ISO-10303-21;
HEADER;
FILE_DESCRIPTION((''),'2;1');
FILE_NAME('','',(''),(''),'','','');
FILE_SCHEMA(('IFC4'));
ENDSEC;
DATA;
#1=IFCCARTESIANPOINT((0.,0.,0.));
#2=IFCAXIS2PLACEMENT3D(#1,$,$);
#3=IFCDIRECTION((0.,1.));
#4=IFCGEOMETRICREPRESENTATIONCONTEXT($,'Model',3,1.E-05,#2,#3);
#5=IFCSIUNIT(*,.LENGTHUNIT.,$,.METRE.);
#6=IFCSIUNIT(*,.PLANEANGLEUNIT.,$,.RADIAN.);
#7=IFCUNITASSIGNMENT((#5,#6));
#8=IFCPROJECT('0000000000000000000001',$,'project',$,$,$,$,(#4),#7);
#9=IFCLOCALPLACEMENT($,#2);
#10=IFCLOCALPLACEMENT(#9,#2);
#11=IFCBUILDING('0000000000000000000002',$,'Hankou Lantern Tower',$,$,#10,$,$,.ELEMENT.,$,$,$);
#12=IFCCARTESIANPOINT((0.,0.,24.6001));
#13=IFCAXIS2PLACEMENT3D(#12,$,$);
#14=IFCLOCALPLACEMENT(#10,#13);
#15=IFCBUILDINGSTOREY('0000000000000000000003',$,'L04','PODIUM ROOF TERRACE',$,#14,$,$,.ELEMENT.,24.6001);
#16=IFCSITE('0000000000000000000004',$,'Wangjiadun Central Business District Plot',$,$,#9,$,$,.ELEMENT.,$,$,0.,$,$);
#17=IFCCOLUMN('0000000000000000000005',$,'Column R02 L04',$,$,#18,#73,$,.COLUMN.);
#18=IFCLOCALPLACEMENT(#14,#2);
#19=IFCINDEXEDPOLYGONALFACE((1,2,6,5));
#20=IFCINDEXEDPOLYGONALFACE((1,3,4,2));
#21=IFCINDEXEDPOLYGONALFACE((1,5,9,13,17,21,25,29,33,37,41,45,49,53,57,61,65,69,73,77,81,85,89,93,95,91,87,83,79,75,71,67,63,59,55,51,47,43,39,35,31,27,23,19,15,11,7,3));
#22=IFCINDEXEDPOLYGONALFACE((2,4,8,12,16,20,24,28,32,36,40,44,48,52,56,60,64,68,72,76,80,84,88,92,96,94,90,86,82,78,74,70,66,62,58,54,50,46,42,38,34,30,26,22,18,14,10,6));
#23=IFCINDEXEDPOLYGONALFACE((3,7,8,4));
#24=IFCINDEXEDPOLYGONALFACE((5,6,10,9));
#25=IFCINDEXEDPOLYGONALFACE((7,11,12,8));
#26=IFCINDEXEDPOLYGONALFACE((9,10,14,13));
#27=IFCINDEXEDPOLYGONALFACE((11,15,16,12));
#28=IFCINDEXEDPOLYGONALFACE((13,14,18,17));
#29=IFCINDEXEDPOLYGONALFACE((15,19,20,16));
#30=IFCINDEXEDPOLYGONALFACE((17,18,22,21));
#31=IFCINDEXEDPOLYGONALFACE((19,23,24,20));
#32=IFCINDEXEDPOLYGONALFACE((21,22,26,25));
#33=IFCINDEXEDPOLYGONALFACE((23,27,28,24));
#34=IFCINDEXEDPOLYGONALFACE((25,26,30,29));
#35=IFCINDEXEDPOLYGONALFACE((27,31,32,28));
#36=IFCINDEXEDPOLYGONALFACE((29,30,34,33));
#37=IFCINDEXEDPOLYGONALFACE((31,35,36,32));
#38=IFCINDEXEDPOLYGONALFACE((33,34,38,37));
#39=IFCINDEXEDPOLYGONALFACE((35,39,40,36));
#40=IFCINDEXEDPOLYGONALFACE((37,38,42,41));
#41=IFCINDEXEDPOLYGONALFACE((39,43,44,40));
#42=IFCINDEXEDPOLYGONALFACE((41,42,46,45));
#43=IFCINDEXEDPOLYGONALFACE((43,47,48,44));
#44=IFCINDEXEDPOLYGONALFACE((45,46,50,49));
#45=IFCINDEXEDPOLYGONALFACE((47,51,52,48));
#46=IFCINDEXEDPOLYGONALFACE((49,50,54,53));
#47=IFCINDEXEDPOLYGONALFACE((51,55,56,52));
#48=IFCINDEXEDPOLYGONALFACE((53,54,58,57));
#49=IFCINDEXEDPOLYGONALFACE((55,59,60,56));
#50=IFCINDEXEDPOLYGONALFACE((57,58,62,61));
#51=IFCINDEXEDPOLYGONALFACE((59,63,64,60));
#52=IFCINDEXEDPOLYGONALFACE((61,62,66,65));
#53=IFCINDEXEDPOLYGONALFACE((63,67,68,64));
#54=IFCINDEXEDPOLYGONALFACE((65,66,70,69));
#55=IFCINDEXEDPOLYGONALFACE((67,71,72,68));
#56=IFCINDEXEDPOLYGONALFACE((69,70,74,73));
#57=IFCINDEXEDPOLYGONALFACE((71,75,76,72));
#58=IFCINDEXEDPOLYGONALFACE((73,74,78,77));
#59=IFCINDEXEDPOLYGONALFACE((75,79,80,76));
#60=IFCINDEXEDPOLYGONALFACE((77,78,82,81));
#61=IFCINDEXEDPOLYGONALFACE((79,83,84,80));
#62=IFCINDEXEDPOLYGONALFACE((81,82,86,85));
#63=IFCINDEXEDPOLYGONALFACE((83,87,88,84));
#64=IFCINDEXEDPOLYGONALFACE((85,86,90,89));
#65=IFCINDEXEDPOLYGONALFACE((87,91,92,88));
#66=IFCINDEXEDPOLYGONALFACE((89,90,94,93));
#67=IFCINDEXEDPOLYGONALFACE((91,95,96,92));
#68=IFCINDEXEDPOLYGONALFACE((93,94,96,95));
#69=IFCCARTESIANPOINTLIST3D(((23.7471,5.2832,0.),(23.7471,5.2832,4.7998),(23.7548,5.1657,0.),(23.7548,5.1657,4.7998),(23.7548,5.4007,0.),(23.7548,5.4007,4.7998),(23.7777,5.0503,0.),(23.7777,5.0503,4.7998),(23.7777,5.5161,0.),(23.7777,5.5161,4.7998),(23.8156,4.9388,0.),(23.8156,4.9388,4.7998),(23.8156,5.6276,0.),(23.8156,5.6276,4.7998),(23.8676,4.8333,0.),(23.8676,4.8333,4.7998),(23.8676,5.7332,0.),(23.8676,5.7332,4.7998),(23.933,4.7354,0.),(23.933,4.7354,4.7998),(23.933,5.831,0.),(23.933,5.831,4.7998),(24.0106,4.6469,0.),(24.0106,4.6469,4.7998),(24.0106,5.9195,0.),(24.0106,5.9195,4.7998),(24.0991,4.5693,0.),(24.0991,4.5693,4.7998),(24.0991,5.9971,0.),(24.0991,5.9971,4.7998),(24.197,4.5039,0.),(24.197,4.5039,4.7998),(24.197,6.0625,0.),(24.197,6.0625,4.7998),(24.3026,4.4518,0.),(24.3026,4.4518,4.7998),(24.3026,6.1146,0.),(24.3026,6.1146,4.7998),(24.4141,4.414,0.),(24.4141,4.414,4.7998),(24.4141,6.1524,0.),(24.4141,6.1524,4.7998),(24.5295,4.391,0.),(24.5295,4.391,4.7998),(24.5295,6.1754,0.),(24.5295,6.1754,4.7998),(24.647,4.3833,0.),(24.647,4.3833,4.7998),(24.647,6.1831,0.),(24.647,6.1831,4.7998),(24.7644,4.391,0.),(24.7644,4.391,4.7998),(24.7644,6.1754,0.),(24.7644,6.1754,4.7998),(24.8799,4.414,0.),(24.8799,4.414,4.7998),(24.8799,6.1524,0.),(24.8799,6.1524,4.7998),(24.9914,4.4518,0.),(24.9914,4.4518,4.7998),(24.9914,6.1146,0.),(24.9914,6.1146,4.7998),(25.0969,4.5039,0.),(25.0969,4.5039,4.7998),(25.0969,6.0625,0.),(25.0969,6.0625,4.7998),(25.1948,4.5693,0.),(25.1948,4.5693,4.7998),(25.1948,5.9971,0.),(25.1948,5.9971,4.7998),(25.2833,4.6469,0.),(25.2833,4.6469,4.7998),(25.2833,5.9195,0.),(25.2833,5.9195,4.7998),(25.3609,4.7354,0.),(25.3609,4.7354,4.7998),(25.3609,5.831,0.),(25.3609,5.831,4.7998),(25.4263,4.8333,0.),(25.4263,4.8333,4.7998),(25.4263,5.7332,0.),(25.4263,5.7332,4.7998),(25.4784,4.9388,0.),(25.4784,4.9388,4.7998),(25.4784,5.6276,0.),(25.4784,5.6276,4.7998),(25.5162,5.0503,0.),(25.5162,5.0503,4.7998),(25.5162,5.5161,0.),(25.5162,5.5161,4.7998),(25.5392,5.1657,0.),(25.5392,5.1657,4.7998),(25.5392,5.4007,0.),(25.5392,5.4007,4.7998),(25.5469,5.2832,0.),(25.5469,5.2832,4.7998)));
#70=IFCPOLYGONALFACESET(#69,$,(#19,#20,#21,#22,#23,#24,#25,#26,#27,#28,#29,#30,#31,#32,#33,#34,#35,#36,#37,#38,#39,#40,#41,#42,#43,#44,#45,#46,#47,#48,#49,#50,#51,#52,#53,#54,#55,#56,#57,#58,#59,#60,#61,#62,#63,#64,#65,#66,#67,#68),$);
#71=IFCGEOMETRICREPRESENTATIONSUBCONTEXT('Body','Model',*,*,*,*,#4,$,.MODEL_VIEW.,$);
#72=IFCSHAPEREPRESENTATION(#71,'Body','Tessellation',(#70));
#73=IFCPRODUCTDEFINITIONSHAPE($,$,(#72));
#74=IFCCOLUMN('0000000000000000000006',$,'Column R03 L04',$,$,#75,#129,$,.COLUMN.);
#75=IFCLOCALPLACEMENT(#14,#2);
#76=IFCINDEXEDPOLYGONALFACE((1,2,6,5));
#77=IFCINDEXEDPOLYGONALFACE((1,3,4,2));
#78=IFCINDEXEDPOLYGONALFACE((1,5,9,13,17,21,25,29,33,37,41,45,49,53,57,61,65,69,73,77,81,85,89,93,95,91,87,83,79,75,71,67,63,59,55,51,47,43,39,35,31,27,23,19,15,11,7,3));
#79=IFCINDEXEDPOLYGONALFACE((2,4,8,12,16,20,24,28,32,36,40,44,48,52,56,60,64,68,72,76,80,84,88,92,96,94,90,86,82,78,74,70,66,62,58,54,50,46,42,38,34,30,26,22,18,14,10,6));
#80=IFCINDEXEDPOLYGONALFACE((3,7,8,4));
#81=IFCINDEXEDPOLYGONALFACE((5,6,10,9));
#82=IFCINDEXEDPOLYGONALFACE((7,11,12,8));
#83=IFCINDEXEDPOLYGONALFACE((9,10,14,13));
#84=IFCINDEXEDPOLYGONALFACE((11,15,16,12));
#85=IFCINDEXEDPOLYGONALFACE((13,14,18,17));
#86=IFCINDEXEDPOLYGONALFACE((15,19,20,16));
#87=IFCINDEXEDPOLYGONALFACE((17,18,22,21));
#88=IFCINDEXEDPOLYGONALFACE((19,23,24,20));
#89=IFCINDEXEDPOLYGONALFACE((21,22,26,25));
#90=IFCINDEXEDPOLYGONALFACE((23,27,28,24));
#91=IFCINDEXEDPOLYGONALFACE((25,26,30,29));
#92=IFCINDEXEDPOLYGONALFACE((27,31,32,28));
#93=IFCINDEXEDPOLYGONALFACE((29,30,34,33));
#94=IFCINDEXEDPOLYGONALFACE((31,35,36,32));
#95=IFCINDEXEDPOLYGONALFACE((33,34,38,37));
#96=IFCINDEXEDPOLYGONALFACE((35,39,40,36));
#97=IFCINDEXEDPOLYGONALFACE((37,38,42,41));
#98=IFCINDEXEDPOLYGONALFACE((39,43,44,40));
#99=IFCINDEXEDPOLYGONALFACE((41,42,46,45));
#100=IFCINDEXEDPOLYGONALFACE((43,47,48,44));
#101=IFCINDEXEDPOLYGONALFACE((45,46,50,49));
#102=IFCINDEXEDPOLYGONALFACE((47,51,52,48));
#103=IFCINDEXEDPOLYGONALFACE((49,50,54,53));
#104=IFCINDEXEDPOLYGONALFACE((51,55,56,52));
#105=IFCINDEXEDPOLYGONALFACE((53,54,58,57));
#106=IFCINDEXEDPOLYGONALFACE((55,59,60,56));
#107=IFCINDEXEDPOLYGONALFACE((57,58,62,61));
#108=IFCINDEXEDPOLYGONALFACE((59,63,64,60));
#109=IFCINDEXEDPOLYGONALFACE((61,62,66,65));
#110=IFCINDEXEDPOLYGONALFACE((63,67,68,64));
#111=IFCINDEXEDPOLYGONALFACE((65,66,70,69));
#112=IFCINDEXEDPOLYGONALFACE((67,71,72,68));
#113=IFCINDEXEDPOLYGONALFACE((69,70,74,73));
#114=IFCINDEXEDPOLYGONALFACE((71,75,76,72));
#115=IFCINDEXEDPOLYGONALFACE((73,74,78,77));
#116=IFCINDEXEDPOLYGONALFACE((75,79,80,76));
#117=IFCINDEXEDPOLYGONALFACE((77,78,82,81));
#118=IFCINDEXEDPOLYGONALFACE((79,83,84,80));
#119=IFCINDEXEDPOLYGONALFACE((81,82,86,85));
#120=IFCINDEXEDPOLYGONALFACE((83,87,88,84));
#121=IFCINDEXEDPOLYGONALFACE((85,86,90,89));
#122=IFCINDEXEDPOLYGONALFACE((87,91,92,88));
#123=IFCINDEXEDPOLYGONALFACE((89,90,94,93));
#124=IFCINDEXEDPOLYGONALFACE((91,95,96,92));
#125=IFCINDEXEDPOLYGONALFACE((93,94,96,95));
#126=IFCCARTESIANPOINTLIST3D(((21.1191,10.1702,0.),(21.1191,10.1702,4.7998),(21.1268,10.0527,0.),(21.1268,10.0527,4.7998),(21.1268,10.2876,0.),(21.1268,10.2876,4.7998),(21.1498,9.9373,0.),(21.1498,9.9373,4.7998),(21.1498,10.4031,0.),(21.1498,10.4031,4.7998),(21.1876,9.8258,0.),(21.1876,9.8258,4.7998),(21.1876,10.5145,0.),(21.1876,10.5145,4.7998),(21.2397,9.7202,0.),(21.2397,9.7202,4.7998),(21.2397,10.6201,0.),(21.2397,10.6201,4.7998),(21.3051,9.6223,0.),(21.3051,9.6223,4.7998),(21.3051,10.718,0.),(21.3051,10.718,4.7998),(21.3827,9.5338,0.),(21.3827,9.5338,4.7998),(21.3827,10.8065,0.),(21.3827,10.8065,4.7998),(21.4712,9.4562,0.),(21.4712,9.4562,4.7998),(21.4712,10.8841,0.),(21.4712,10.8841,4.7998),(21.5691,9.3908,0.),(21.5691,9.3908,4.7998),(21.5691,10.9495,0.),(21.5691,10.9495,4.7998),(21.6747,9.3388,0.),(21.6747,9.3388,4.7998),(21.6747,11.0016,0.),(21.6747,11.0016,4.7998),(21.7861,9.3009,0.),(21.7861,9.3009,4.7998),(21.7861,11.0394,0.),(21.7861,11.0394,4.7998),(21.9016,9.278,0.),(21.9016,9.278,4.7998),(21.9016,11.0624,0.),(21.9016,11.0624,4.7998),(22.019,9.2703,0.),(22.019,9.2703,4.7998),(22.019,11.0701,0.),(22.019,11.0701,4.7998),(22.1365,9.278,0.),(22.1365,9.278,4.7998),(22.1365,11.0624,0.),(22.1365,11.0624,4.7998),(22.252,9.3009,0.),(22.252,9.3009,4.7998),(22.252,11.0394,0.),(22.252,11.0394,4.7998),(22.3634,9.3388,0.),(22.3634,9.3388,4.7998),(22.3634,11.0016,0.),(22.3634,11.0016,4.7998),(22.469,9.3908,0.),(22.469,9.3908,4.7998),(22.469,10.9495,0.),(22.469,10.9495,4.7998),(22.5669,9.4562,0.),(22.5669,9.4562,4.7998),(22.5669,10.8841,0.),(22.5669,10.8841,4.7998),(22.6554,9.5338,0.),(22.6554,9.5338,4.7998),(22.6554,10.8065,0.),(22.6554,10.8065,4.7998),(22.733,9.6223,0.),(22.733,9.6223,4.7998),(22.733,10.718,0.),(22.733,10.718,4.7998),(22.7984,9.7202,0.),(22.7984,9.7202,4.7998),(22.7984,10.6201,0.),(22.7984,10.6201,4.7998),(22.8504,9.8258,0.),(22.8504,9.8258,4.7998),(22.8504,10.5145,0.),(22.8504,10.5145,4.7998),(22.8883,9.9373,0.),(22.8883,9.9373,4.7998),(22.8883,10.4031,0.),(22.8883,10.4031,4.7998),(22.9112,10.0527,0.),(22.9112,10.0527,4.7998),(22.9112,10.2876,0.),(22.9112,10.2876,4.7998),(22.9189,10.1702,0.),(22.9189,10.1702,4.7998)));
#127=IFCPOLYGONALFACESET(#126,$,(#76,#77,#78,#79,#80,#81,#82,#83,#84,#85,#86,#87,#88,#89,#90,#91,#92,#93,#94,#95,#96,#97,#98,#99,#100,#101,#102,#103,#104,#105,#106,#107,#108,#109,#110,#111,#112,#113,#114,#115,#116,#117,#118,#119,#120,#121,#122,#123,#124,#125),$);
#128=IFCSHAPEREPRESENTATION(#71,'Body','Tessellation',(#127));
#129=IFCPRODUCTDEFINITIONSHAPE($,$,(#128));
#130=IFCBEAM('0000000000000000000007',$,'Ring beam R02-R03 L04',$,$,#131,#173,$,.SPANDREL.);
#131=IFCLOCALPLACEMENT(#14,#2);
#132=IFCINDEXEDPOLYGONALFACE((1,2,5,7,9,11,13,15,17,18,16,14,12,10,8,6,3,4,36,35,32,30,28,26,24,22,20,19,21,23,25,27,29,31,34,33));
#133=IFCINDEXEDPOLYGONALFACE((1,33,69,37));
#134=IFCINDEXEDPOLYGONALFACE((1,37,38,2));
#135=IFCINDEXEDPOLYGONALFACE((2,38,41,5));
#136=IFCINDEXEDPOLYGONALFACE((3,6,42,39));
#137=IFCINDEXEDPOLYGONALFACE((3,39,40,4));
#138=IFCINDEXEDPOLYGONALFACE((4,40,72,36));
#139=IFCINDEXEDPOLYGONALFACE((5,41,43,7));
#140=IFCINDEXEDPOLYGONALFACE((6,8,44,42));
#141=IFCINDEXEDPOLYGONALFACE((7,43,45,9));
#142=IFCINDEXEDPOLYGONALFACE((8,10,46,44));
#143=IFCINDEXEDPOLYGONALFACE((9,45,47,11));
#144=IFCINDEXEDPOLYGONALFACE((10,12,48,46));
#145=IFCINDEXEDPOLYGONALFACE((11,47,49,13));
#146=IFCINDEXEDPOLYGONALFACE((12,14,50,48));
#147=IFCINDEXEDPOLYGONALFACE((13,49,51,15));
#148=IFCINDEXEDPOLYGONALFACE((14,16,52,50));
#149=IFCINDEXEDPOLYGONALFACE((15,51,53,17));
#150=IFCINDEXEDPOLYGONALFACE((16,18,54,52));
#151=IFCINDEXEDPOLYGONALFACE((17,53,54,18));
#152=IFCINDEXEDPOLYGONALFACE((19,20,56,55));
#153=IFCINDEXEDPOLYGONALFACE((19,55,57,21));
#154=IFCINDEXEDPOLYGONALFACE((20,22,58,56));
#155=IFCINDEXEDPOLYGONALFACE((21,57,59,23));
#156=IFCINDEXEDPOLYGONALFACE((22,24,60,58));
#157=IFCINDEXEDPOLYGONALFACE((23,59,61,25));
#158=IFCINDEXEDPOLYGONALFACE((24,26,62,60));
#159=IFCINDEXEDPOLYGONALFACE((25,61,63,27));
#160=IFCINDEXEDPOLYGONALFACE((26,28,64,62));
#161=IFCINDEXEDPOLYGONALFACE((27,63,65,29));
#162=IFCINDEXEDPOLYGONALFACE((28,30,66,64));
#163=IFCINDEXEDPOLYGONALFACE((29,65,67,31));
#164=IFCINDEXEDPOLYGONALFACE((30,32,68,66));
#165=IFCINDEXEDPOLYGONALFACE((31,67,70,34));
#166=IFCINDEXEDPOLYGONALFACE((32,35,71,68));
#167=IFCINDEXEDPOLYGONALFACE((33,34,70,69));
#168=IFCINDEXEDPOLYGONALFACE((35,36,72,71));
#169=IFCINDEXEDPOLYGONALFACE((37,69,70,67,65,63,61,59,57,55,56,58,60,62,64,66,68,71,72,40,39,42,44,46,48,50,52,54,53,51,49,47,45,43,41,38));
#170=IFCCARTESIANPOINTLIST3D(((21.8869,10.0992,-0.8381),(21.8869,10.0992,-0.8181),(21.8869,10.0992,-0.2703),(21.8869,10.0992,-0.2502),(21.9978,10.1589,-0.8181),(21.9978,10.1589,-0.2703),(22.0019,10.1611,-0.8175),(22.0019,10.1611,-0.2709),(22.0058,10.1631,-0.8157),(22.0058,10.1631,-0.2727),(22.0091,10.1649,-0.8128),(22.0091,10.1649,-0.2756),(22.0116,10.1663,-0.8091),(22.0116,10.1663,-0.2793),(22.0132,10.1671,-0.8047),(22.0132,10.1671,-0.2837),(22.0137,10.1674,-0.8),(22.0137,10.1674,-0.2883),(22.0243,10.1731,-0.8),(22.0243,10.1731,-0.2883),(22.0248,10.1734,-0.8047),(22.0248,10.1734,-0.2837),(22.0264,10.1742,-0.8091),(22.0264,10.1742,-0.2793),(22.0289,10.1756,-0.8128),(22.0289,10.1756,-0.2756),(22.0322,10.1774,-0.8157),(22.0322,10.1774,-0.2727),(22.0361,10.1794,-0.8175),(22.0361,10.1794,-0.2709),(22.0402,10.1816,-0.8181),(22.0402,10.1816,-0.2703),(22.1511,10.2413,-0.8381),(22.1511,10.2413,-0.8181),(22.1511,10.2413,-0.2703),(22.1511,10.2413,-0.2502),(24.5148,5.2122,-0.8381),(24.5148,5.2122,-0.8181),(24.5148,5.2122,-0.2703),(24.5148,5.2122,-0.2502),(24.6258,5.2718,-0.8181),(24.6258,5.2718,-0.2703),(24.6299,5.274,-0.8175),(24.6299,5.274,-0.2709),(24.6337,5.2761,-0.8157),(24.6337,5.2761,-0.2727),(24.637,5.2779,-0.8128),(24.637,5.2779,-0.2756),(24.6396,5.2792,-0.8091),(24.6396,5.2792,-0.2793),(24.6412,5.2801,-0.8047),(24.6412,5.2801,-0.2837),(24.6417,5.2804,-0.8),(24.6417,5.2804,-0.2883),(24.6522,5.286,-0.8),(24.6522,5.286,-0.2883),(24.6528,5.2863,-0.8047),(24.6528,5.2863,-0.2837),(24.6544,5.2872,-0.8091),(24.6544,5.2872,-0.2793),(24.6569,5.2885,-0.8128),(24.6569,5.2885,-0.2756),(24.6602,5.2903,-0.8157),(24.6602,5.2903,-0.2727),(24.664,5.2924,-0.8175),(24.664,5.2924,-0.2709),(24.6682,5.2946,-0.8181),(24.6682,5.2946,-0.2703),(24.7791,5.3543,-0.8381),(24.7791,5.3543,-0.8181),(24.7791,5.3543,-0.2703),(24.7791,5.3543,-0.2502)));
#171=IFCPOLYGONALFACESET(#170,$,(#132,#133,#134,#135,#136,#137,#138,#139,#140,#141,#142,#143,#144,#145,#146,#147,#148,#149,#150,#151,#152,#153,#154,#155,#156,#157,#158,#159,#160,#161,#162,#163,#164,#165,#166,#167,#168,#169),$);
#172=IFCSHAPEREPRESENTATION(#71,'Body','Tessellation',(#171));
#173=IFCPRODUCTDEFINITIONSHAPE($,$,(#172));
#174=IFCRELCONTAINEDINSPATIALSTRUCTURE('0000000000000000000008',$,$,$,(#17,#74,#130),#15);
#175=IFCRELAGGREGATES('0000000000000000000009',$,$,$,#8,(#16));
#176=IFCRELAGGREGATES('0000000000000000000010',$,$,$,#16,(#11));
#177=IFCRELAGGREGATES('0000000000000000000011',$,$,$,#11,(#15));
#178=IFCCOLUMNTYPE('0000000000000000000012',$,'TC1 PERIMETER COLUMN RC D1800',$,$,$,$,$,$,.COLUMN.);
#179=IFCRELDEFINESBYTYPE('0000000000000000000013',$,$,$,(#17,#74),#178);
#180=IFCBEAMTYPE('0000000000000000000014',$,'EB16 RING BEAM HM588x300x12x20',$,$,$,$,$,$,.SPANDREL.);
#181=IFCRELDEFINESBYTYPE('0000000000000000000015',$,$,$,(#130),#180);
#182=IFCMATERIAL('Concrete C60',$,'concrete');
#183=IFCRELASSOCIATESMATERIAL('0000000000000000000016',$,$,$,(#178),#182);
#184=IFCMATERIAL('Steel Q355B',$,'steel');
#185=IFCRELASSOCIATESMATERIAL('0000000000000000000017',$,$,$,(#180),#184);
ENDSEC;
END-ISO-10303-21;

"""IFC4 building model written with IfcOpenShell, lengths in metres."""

from ifc_helpers import new_model, si_unit, direction, frame, origin, origin_2d, place, context, subcontext, project, spatial, circle, i_section, extrude, material, material_profile, profile_set, type_object, element, save


model = new_model("IFC4")

# Units and contexts
model_context = context("Model", 3, precision=1e-05, world=origin(), true_north=direction((0.0, 1.0)))
body_context = subcontext(model_context, "Body", "Model", "MODEL_VIEW")
ifc_project = project(units=[si_unit("LENGTHUNIT", "METRE"), si_unit("PLANEANGLEUNIT", "RADIAN")], contexts=[model_context])

# Site, building, storey
site_placement = place(None, origin())
site = spatial("IfcSite", under=ifc_project, at=site_placement, Name="Wangjiadun Central Business District Plot", CompositionType="ELEMENT", RefElevation=0.0)
building_placement = place(site_placement, origin())
building = spatial("IfcBuilding", under=site, at=building_placement, Name="Hankou Lantern Tower", CompositionType="ELEMENT")
storey_placement = place(building_placement, frame((0.0, 0.0, 24.6001)))
storey = spatial("IfcBuildingStorey", under=building, at=storey_placement, Name="L04", Description="PODIUM ROOF TERRACE", CompositionType="ELEMENT", Elevation=24.6001)

# Columns
ifc_material_1 = material(Name="Concrete C60", Category="concrete")
ifc_material_profile_1 = material_profile(ifc_material_1, circle(Radius=0.8999, at=origin_2d()), Name="RC D1800")
ifc_profile_set_1 = profile_set([ifc_material_profile_1], Name="Concrete C60")
column_type = type_object("IfcColumnType", Name="TC1 PERIMETER COLUMN RC D1800", PredefinedType="COLUMN", material=ifc_profile_set_1)
for number, where, z_axis, x_axis, name in (
    (1, (24.647, 5.2832, 0.0), (0.0, 0.0, 1.0), (1.0, 0.0, 0.0), "Column R02 L04"),
    (2, (22.019, 10.1702, 0.0), (0.0, 0.0, 1.0), (1.0, 0.0, 0.0), "Column R03 L04"),
):
    element("IfcColumn", number, at=place(storey_placement, frame(where, z_axis=z_axis, x_axis=x_axis)), inside=storey, type_object=column_type, Name=name, PredefinedType="COLUMN", context=body_context, shape_type="SweptSolid", body=[
        extrude(circle(Radius=0.8999, at=origin_2d()), origin(), (0.0, 0.0, 1.0), 4.7998),
    ])

# Beam
ifc_material_2 = material(Name="Steel Q355B", Category="steel")
ifc_material_profile_2 = material_profile(ifc_material_2, i_section(OverallWidth=0.3, OverallDepth=0.5879, WebThickness=0.012, FlangeThickness=0.02, FilletRadius=0.0181, at=origin_2d()), Name="HM588x300x12x20")
ifc_profile_set_2 = profile_set([ifc_material_profile_2], Name="Steel Q355B")
beam_type_1 = type_object("IfcBeamType", Name="EB16 RING BEAM HM588x300x12x20", PredefinedType="SPANDREL", material=ifc_profile_set_2)
beam_1_placement = place(storey_placement, frame((24.647, 5.2832, -0.5442), z_axis=(-0.473609, 0.880735, 0.0), x_axis=(-0.880735, -0.473609, 0.0)))
element("IfcBeam", 3, at=beam_1_placement, inside=storey, type_object=beam_type_1, Name="Ring beam R02-R03 L04", PredefinedType="SPANDREL", context=body_context, shape_type="SweptSolid", body=[
    extrude(i_section(OverallWidth=0.3, OverallDepth=0.5879, WebThickness=0.012, FlangeThickness=0.02, FilletRadius=0.0181, at=origin_2d()), origin(), (0.0, 0.0, 1.0), 5.5488),
])

save(model, "model.ifc")
